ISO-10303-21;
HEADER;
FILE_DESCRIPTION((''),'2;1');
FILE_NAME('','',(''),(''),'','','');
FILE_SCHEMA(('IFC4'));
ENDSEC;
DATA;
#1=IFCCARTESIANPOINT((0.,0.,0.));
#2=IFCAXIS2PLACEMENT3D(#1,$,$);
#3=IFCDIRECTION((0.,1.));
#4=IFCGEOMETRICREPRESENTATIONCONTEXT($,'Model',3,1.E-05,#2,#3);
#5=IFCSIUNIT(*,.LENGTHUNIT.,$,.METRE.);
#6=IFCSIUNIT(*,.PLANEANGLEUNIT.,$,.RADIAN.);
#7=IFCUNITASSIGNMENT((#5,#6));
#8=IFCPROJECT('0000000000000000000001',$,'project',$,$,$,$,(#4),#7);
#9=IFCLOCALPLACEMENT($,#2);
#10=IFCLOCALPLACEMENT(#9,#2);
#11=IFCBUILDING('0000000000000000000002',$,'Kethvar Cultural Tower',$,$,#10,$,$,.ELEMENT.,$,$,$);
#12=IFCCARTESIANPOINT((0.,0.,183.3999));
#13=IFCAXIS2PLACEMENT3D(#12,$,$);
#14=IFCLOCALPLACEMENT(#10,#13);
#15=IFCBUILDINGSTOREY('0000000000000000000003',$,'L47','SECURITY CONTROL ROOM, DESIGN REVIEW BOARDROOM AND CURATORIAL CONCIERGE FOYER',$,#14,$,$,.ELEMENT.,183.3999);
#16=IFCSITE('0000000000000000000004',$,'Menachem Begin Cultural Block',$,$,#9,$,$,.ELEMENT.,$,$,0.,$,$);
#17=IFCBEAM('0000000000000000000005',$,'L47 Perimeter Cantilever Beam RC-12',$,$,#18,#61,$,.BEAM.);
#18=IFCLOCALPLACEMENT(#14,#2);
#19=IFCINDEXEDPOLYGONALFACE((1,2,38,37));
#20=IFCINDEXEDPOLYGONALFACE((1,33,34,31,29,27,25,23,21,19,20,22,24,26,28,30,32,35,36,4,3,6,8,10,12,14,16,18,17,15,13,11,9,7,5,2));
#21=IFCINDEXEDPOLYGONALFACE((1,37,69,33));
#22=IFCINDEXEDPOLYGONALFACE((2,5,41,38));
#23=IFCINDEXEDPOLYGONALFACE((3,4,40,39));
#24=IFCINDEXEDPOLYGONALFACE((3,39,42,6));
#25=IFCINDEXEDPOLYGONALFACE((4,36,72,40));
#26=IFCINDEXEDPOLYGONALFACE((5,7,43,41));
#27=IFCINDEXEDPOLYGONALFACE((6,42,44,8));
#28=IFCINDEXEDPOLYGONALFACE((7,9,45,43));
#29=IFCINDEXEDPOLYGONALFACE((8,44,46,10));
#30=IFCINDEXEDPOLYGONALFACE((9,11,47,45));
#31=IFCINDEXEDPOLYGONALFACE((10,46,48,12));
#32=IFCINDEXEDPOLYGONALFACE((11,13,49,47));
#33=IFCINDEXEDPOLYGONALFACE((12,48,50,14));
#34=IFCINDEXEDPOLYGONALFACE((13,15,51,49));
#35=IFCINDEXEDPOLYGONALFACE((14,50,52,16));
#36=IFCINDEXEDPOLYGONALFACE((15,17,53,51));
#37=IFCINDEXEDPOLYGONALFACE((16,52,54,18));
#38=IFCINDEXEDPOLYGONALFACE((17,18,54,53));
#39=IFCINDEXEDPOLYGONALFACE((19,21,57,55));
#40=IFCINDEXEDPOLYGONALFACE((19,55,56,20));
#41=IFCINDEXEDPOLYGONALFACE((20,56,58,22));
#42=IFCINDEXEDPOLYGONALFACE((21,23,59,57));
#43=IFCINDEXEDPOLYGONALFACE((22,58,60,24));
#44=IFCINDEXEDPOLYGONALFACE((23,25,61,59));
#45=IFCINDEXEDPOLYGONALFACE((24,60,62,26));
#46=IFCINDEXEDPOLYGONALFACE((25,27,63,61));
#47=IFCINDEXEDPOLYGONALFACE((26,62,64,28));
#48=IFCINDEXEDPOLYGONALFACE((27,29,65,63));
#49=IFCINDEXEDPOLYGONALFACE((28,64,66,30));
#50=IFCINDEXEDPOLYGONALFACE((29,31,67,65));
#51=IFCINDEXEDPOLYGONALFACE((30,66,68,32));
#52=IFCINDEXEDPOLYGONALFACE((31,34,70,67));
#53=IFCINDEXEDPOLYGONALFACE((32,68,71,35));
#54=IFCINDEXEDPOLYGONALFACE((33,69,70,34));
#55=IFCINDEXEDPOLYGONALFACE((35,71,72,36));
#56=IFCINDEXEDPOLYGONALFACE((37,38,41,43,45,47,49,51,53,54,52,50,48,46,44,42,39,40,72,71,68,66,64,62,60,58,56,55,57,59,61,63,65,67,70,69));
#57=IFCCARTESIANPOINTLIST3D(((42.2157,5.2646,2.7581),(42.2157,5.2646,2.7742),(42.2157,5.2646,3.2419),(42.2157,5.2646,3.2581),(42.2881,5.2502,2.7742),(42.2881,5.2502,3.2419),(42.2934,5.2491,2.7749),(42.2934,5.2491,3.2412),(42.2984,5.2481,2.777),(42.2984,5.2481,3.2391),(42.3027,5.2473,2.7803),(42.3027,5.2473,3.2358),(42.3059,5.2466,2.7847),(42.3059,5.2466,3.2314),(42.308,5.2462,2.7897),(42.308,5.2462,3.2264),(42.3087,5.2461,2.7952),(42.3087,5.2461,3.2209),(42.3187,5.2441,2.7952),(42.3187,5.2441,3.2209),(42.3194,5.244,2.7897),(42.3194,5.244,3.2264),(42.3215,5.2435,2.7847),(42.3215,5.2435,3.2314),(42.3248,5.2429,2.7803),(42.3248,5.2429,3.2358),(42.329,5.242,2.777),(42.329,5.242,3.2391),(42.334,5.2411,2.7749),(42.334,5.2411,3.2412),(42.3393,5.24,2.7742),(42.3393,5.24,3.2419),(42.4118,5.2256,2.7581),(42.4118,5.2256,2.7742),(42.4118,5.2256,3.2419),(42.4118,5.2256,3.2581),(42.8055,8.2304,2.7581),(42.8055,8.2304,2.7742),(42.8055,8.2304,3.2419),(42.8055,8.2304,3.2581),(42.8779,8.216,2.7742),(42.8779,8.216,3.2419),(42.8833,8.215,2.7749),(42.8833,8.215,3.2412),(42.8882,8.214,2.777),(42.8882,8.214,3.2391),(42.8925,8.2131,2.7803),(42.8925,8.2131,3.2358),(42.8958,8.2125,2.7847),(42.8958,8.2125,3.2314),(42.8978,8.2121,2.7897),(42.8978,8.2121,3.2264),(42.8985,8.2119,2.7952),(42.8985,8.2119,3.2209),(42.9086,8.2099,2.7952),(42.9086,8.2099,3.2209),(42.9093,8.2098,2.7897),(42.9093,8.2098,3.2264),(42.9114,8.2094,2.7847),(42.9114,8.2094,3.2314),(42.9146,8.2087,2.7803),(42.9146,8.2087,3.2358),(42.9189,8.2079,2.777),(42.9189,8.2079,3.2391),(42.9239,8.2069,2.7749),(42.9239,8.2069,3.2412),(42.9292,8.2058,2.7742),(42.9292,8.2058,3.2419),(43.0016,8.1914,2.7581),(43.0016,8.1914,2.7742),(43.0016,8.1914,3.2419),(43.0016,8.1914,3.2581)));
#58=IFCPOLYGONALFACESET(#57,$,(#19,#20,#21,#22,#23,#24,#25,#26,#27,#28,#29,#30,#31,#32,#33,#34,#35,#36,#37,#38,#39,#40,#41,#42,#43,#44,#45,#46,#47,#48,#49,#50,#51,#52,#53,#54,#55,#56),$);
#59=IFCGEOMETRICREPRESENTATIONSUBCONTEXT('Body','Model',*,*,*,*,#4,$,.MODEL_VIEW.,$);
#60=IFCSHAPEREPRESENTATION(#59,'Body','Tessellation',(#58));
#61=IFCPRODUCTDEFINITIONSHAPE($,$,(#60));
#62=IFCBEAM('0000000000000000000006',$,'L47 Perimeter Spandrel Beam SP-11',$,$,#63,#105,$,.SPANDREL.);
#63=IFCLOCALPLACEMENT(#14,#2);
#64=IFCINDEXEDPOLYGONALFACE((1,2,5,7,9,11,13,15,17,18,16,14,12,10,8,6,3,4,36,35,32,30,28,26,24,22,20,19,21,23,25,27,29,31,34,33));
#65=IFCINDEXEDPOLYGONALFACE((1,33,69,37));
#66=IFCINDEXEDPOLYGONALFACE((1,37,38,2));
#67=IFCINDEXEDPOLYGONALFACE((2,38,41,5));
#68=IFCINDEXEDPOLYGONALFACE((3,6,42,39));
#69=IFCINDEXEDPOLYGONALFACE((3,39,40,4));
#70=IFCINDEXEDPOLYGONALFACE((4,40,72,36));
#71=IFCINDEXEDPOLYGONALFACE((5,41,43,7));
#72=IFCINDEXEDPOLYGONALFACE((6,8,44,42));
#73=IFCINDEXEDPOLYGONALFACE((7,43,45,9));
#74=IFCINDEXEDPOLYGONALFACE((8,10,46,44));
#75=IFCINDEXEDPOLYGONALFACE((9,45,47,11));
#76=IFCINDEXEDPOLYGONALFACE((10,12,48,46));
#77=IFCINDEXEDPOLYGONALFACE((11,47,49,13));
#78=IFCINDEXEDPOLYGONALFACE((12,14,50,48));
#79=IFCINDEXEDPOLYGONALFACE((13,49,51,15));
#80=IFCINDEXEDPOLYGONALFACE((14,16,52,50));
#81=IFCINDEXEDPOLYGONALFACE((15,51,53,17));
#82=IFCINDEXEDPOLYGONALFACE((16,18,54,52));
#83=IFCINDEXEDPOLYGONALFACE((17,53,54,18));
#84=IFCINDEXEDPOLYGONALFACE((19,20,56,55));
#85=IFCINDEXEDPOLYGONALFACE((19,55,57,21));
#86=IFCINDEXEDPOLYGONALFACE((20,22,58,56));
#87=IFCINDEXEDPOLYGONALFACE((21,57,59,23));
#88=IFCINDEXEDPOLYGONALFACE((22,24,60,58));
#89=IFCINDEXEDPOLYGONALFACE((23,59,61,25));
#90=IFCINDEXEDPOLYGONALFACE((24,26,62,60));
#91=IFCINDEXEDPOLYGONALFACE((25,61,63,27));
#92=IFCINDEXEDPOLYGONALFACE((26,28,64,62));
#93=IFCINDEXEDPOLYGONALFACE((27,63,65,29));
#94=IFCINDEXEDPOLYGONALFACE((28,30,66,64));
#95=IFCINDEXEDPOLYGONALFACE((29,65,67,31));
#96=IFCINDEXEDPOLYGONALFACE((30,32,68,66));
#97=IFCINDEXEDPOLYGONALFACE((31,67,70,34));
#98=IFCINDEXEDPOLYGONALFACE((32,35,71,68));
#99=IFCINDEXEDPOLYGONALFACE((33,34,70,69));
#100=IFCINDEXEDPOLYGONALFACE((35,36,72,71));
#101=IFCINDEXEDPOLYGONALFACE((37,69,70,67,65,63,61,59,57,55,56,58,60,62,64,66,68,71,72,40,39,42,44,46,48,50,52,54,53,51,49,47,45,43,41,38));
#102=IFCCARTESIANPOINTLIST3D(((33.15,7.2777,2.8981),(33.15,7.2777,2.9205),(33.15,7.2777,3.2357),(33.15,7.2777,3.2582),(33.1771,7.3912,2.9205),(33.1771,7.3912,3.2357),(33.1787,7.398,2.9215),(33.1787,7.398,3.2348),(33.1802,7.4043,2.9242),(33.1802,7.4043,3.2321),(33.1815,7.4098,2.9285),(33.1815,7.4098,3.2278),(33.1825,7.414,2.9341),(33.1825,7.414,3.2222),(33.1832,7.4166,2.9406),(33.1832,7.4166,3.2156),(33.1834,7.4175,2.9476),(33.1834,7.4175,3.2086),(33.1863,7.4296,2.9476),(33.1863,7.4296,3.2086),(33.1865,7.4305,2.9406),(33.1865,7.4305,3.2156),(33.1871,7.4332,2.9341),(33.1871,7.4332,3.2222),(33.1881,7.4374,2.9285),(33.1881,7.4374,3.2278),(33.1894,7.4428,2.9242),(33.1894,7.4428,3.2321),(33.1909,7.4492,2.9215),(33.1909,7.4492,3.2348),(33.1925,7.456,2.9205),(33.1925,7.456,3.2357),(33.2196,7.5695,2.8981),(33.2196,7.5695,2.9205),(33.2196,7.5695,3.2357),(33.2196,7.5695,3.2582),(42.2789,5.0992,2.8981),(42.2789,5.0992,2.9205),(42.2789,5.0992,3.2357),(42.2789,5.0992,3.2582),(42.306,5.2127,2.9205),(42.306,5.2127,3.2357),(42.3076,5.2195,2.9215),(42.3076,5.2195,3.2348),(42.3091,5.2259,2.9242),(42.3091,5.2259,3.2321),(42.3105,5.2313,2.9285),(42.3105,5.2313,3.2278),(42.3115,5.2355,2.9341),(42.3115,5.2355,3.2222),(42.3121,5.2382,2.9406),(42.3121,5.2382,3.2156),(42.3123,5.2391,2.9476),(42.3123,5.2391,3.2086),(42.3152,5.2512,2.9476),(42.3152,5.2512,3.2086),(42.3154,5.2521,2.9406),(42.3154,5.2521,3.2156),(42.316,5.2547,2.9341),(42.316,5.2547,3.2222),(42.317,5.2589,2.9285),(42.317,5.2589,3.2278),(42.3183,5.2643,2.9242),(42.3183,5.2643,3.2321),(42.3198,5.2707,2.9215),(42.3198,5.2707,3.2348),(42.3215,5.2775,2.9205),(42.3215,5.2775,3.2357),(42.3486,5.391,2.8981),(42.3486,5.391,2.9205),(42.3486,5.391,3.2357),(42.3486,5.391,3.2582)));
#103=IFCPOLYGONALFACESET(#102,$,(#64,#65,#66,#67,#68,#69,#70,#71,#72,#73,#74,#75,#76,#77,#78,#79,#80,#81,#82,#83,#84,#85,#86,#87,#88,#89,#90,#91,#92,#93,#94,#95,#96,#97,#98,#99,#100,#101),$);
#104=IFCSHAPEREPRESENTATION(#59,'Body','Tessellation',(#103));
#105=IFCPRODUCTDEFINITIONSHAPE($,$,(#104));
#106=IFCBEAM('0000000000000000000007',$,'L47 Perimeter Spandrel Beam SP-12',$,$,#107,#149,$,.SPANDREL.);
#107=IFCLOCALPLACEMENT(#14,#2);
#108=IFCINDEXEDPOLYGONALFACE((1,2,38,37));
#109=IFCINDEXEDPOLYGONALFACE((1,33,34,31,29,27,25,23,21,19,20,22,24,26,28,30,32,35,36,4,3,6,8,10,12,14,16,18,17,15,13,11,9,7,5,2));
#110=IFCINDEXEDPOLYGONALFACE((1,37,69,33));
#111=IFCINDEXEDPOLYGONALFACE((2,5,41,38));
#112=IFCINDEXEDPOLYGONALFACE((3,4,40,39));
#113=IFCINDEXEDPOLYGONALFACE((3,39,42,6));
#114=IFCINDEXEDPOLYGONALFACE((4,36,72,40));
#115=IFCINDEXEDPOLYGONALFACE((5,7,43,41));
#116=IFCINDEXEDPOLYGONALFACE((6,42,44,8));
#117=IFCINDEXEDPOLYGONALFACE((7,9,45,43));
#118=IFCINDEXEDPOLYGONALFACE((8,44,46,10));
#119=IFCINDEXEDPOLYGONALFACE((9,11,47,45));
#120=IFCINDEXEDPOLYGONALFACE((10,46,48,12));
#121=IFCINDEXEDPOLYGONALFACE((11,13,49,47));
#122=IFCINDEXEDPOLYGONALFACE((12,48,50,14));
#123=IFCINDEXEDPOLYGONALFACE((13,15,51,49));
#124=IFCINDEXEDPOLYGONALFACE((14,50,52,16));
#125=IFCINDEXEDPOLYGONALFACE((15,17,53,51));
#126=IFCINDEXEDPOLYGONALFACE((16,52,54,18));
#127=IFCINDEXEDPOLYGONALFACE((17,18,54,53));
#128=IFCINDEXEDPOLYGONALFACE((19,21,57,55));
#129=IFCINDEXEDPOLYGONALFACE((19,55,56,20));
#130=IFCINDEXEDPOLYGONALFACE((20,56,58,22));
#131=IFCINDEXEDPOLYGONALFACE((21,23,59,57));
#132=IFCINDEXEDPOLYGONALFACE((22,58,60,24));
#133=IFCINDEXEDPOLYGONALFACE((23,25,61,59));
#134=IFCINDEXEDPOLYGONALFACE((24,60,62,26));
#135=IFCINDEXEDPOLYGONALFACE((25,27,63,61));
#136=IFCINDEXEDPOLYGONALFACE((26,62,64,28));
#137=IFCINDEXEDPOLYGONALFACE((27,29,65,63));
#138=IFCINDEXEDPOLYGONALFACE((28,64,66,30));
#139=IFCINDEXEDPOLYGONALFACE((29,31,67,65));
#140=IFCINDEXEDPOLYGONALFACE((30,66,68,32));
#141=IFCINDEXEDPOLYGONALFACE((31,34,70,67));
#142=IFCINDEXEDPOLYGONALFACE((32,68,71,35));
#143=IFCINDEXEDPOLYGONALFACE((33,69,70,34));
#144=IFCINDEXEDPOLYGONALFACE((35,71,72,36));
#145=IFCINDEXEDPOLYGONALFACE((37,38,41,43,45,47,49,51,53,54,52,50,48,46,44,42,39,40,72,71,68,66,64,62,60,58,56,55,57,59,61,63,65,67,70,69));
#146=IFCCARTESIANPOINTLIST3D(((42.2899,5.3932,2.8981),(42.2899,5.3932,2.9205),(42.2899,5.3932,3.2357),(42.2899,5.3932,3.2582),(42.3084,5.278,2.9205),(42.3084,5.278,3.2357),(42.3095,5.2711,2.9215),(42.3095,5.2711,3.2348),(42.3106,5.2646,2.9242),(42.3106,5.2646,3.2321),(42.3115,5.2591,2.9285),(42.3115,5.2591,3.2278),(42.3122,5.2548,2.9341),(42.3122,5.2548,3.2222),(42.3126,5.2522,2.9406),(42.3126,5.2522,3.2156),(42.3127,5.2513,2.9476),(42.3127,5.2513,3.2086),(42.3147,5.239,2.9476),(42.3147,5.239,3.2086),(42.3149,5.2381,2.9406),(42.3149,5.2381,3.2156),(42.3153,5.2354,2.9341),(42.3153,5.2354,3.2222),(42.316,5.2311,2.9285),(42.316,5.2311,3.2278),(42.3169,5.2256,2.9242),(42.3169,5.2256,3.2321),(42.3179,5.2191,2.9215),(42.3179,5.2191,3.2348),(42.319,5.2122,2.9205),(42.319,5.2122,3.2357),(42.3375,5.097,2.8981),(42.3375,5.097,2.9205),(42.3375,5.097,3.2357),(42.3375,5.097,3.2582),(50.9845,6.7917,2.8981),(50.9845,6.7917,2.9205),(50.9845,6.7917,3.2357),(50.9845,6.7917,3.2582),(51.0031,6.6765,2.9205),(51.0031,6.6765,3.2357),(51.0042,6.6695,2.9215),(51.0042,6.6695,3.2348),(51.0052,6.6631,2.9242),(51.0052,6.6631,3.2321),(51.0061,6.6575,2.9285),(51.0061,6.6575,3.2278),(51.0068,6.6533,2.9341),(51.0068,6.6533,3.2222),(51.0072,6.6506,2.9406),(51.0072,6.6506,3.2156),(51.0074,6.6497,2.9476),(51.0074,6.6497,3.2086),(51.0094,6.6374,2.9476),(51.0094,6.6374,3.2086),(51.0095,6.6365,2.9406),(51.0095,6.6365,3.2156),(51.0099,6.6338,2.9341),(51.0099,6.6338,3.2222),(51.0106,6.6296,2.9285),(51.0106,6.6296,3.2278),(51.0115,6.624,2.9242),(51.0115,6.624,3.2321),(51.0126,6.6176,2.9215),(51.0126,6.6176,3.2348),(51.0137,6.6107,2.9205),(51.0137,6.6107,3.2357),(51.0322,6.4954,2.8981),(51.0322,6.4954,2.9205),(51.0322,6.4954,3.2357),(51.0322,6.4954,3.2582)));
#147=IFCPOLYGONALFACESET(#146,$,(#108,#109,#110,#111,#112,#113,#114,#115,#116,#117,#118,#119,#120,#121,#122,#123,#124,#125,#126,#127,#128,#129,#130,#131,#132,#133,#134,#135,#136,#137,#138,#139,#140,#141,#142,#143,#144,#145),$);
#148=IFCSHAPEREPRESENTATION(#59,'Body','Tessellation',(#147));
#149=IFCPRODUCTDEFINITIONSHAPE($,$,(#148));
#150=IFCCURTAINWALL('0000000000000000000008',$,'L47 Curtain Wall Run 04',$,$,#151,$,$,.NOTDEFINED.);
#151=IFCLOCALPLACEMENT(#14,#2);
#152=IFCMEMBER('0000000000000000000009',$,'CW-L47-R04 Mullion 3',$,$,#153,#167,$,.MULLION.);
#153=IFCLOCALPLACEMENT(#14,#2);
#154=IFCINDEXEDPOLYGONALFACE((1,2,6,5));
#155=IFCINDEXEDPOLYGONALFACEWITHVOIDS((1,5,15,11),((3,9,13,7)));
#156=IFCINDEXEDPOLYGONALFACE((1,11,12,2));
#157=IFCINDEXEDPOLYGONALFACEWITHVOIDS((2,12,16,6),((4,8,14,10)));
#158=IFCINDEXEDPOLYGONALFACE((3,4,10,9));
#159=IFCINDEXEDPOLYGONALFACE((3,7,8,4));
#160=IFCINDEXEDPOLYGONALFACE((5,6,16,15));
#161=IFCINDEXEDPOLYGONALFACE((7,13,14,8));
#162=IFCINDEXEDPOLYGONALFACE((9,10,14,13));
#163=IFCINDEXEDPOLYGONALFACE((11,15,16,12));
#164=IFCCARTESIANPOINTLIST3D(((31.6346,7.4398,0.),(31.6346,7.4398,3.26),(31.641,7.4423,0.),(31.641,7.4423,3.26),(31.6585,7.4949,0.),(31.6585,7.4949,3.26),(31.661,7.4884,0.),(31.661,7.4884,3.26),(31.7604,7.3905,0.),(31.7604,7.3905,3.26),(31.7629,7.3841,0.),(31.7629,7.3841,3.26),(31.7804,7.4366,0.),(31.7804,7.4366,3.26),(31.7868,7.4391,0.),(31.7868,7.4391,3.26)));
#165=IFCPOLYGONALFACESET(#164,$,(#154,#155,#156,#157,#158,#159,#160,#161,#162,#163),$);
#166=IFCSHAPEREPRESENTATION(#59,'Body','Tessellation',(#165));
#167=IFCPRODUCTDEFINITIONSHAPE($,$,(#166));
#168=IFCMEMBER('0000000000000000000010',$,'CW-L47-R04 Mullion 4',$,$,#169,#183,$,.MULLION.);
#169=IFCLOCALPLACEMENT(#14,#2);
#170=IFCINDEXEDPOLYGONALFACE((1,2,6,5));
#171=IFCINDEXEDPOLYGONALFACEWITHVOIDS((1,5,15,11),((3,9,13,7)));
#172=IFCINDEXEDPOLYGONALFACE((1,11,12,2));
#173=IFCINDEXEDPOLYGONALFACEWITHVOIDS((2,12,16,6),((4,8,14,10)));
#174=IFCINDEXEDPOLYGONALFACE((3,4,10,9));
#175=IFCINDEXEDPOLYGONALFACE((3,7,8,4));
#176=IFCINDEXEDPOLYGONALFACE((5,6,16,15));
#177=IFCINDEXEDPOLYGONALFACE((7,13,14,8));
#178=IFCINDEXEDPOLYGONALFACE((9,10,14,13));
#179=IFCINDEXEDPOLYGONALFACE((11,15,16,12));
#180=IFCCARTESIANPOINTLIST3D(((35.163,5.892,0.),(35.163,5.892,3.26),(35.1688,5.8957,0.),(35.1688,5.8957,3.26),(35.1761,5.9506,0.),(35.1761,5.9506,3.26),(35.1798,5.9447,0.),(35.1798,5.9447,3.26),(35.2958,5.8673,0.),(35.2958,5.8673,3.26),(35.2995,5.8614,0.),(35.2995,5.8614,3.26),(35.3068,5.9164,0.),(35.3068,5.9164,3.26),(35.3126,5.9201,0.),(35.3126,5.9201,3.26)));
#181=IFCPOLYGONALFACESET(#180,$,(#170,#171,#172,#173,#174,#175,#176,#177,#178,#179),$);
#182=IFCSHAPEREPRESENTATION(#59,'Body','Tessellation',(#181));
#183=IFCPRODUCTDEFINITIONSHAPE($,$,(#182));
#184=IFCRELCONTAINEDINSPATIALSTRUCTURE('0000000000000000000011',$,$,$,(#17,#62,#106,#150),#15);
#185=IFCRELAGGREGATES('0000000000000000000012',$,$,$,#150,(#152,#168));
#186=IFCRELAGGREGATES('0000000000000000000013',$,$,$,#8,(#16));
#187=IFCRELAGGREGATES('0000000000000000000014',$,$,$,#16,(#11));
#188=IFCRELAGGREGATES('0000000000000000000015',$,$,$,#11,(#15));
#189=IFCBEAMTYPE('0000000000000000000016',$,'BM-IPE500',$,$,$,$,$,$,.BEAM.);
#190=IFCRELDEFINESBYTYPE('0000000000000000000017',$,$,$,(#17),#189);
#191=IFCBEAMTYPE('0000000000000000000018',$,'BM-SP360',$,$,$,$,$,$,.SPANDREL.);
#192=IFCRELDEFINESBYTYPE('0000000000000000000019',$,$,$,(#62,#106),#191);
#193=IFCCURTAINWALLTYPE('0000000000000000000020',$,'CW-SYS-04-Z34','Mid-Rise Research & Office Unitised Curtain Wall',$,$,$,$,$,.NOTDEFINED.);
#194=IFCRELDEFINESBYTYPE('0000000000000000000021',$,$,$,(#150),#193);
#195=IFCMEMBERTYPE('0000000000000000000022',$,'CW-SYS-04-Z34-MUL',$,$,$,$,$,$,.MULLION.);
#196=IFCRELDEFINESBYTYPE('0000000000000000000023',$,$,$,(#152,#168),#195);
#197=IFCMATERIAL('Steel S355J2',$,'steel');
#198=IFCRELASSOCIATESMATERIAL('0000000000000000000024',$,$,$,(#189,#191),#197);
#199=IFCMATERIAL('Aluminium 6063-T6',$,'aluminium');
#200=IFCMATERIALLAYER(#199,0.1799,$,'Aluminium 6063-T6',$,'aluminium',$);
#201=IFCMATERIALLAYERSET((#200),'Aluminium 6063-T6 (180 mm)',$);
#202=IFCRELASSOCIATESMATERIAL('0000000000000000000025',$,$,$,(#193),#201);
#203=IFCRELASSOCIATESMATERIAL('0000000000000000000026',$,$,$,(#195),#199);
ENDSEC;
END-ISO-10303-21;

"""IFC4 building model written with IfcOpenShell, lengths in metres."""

from ifc_helpers import new_model, si_unit, direction, frame, origin, origin_2d, place, context, subcontext, project, spatial, hollow_rectangle, i_section, extrude, source, transform, mapped, material, layer, layer_set, material_profile, profile_set, type_object, element, aggregate, save


model = new_model("IFC4")

# Units and contexts
model_context = context("Model", 3, precision=1e-05, world=origin(), true_north=direction((0.0, 1.0)))
body_context = subcontext(model_context, "Body", "Model", "MODEL_VIEW")
ifc_project = project(units=[si_unit("LENGTHUNIT", "METRE"), si_unit("PLANEANGLEUNIT", "RADIAN")], contexts=[model_context])

# Site, building, storey
site_placement = place(None, origin())
site = spatial("IfcSite", under=ifc_project, at=site_placement, Name="Menachem Begin Cultural Block", CompositionType="ELEMENT", RefElevation=0.0)
building_placement = place(site_placement, origin())
building = spatial("IfcBuilding", under=site, at=building_placement, Name="Kethvar Cultural Tower", CompositionType="ELEMENT")
storey_placement = place(building_placement, frame((0.0, 0.0, 183.3999)))
storey = spatial("IfcBuildingStorey", under=building, at=storey_placement, Name="L47", Description="SECURITY CONTROL ROOM, DESIGN REVIEW BOARDROOM AND CURATORIAL CONCIERGE FOYER", CompositionType="ELEMENT", Elevation=183.3999)

# Beams
ifc_material_1 = material(Name="Steel S355J2", Category="steel")
ifc_material_profile_1 = material_profile(ifc_material_1, i_section(OverallWidth=0.2, OverallDepth=0.5, WebThickness=0.0103, FlangeThickness=0.0161, FilletRadius=0.021, at=origin_2d()), Name="Steel S355J2 — IPE500")
ifc_profile_set_1 = profile_set([ifc_material_profile_1], Name="Steel S355J2 — IPE500")
beam_type_1 = type_object("IfcBeamType", Name="BM-IPE500", PredefinedType="BEAM", material=ifc_profile_set_1)
shared_shape_1 = source(origin(), body_context, "Body", "SweptSolid", [
    extrude(i_section(OverallWidth=0.2, OverallDepth=0.5, WebThickness=0.0103, FlangeThickness=0.0161, FilletRadius=0.021, at=origin_2d()), origin(), (0.0, 0.0, 1.0), 3.0239),
])
beam_1_placement = place(storey_placement, frame((42.9036, 8.2109, 3.0081), z_axis=(-0.19506, -0.980791, 0.0), x_axis=(0.980791, -0.19506, 0.0)))
element("IfcBeam", 1, at=beam_1_placement, inside=storey, type_object=beam_type_1, Name="L47 Perimeter Cantilever Beam RC-12", PredefinedType="BEAM", context=body_context, shape_type="MappedRepresentation", body=[
    mapped(shared_shape_1, transform((0.0, 0.0, 0.0), scale=1.0)),
])
ifc_material_profile_2 = material_profile(ifc_material_1, i_section(OverallWidth=0.3, OverallDepth=0.3601, WebThickness=0.0125, FlangeThickness=0.0225, FilletRadius=0.0271, at=origin_2d()), Name="Steel S355J2 — HEB360")
ifc_profile_set_2 = profile_set([ifc_material_profile_2], Name="Steel S355J2 — HEB360")
beam_type_2 = type_object("IfcBeamType", Name="BM-SP360", PredefinedType="SPANDREL", material=ifc_profile_set_2)
shared_shape_2 = source(origin(), body_context, "Body", "SweptSolid", [
    extrude(i_section(OverallWidth=0.3, OverallDepth=0.3601, WebThickness=0.0125, FlangeThickness=0.0225, FilletRadius=0.0271, at=origin_2d()), origin(), (0.0, 0.0, 1.0), 9.3853),
])
beam_2_placement = place(storey_placement, frame((33.1848, 7.4236, 3.0781), z_axis=(0.972688, -0.232116, 0.0), x_axis=(0.232116, 0.972688, 0.0)))
element("IfcBeam", 2, at=beam_2_placement, inside=storey, type_object=beam_type_2, Name="L47 Perimeter Spandrel Beam SP-11", PredefinedType="SPANDREL", context=body_context, shape_type="MappedRepresentation", body=[
    mapped(shared_shape_2, transform((0.0, 0.0, 0.0), scale=1.0)),
])
shared_shape_3 = source(origin(), body_context, "Body", "SweptSolid", [
    extrude(i_section(OverallWidth=0.3, OverallDepth=0.3601, WebThickness=0.0125, FlangeThickness=0.0225, FilletRadius=0.0271, at=origin_2d()), origin(), (0.0, 0.0, 1.0), 8.8064),
])
beam_3_placement = place(storey_placement, frame((42.3137, 5.2451, 3.0781), z_axis=(0.987311, 0.158799, 0.0), x_axis=(-0.158799, 0.987311, 0.0)))
element("IfcBeam", 3, at=beam_3_placement, inside=storey, type_object=beam_type_2, Name="L47 Perimeter Spandrel Beam SP-12", PredefinedType="SPANDREL", context=body_context, shape_type="MappedRepresentation", body=[
    mapped(shared_shape_3, transform((0.0, 0.0, 0.0), scale=1.0)),
])

# Curtain wall, members
ifc_material_2 = material(Name="Aluminium 6063-T6", Category="aluminium")
ifc_layer_1 = layer(ifc_material_2, 0.1799, Name="Aluminium 6063-T6", Category="aluminium")
ifc_layer_set_1 = layer_set([ifc_layer_1], Name="Aluminium 6063-T6 (180 mm)")
curtain_wall_type = type_object("IfcCurtainWallType", Name="CW-SYS-04-Z34", Description="Mid-Rise Research & Office Unitised Curtain Wall", PredefinedType="NOTDEFINED", material=ifc_layer_set_1)
curtain_wall_placement = place(storey_placement, origin())
curtain_wall = element("IfcCurtainWall", 4, at=curtain_wall_placement, inside=storey, type_object=curtain_wall_type, Name="L47 Curtain Wall Run 04", PredefinedType="NOTDEFINED")
ifc_material_profile_3 = material_profile(ifc_material_2, hollow_rectangle(XDim=0.0601, YDim=0.1399, WallThickness=0.0049, at=origin_2d()), Name="Aluminium 6063-T6 — RHS140x60x5")
ifc_profile_set_3 = profile_set([ifc_material_profile_3], Name="Aluminium 6063-T6 — RHS140x60x5")
member_type_1 = type_object("IfcMemberType", Name="CW-SYS-04-Z34-MUL", PredefinedType="MULLION", material=ifc_profile_set_3)
shared_shape_4 = source(origin(), body_context, "Body", "SweptSolid", [
    extrude(hollow_rectangle(XDim=0.0601, YDim=0.1399, WallThickness=0.0049, at=origin_2d()), origin(), (0.0, 0.0, 1.0), 3.26),
])
member_1_placement = place(storey_placement, frame((31.7107, 7.4395, 0.0), z_axis=(0.0, 0.0, 1.0), x_axis=(0.398237, 0.917283, 0.0)))
member_1 = element("IfcMember", 5, at=member_1_placement, type_object=member_type_1, Name="CW-L47-R04 Mullion 3", PredefinedType="MULLION", context=body_context, shape_type="MappedRepresentation", body=[
    mapped(shared_shape_4, transform((0.0, 0.0, 0.0), scale=1.0)),
])
member_2_placement = place(storey_placement, frame((35.2378, 5.906, 0.0), z_axis=(0.0, 0.0, 1.0), x_axis=(0.218092, 0.975928, 0.0)))
member_2 = element("IfcMember", 6, at=member_2_placement, type_object=member_type_1, Name="CW-L47-R04 Mullion 4", PredefinedType="MULLION", context=body_context, shape_type="MappedRepresentation", body=[
    mapped(shared_shape_4, transform((0.0, 0.0, 0.0), scale=1.0)),
])
aggregate(curtain_wall, [member_1, member_2])

save(model, "model.ifc")
